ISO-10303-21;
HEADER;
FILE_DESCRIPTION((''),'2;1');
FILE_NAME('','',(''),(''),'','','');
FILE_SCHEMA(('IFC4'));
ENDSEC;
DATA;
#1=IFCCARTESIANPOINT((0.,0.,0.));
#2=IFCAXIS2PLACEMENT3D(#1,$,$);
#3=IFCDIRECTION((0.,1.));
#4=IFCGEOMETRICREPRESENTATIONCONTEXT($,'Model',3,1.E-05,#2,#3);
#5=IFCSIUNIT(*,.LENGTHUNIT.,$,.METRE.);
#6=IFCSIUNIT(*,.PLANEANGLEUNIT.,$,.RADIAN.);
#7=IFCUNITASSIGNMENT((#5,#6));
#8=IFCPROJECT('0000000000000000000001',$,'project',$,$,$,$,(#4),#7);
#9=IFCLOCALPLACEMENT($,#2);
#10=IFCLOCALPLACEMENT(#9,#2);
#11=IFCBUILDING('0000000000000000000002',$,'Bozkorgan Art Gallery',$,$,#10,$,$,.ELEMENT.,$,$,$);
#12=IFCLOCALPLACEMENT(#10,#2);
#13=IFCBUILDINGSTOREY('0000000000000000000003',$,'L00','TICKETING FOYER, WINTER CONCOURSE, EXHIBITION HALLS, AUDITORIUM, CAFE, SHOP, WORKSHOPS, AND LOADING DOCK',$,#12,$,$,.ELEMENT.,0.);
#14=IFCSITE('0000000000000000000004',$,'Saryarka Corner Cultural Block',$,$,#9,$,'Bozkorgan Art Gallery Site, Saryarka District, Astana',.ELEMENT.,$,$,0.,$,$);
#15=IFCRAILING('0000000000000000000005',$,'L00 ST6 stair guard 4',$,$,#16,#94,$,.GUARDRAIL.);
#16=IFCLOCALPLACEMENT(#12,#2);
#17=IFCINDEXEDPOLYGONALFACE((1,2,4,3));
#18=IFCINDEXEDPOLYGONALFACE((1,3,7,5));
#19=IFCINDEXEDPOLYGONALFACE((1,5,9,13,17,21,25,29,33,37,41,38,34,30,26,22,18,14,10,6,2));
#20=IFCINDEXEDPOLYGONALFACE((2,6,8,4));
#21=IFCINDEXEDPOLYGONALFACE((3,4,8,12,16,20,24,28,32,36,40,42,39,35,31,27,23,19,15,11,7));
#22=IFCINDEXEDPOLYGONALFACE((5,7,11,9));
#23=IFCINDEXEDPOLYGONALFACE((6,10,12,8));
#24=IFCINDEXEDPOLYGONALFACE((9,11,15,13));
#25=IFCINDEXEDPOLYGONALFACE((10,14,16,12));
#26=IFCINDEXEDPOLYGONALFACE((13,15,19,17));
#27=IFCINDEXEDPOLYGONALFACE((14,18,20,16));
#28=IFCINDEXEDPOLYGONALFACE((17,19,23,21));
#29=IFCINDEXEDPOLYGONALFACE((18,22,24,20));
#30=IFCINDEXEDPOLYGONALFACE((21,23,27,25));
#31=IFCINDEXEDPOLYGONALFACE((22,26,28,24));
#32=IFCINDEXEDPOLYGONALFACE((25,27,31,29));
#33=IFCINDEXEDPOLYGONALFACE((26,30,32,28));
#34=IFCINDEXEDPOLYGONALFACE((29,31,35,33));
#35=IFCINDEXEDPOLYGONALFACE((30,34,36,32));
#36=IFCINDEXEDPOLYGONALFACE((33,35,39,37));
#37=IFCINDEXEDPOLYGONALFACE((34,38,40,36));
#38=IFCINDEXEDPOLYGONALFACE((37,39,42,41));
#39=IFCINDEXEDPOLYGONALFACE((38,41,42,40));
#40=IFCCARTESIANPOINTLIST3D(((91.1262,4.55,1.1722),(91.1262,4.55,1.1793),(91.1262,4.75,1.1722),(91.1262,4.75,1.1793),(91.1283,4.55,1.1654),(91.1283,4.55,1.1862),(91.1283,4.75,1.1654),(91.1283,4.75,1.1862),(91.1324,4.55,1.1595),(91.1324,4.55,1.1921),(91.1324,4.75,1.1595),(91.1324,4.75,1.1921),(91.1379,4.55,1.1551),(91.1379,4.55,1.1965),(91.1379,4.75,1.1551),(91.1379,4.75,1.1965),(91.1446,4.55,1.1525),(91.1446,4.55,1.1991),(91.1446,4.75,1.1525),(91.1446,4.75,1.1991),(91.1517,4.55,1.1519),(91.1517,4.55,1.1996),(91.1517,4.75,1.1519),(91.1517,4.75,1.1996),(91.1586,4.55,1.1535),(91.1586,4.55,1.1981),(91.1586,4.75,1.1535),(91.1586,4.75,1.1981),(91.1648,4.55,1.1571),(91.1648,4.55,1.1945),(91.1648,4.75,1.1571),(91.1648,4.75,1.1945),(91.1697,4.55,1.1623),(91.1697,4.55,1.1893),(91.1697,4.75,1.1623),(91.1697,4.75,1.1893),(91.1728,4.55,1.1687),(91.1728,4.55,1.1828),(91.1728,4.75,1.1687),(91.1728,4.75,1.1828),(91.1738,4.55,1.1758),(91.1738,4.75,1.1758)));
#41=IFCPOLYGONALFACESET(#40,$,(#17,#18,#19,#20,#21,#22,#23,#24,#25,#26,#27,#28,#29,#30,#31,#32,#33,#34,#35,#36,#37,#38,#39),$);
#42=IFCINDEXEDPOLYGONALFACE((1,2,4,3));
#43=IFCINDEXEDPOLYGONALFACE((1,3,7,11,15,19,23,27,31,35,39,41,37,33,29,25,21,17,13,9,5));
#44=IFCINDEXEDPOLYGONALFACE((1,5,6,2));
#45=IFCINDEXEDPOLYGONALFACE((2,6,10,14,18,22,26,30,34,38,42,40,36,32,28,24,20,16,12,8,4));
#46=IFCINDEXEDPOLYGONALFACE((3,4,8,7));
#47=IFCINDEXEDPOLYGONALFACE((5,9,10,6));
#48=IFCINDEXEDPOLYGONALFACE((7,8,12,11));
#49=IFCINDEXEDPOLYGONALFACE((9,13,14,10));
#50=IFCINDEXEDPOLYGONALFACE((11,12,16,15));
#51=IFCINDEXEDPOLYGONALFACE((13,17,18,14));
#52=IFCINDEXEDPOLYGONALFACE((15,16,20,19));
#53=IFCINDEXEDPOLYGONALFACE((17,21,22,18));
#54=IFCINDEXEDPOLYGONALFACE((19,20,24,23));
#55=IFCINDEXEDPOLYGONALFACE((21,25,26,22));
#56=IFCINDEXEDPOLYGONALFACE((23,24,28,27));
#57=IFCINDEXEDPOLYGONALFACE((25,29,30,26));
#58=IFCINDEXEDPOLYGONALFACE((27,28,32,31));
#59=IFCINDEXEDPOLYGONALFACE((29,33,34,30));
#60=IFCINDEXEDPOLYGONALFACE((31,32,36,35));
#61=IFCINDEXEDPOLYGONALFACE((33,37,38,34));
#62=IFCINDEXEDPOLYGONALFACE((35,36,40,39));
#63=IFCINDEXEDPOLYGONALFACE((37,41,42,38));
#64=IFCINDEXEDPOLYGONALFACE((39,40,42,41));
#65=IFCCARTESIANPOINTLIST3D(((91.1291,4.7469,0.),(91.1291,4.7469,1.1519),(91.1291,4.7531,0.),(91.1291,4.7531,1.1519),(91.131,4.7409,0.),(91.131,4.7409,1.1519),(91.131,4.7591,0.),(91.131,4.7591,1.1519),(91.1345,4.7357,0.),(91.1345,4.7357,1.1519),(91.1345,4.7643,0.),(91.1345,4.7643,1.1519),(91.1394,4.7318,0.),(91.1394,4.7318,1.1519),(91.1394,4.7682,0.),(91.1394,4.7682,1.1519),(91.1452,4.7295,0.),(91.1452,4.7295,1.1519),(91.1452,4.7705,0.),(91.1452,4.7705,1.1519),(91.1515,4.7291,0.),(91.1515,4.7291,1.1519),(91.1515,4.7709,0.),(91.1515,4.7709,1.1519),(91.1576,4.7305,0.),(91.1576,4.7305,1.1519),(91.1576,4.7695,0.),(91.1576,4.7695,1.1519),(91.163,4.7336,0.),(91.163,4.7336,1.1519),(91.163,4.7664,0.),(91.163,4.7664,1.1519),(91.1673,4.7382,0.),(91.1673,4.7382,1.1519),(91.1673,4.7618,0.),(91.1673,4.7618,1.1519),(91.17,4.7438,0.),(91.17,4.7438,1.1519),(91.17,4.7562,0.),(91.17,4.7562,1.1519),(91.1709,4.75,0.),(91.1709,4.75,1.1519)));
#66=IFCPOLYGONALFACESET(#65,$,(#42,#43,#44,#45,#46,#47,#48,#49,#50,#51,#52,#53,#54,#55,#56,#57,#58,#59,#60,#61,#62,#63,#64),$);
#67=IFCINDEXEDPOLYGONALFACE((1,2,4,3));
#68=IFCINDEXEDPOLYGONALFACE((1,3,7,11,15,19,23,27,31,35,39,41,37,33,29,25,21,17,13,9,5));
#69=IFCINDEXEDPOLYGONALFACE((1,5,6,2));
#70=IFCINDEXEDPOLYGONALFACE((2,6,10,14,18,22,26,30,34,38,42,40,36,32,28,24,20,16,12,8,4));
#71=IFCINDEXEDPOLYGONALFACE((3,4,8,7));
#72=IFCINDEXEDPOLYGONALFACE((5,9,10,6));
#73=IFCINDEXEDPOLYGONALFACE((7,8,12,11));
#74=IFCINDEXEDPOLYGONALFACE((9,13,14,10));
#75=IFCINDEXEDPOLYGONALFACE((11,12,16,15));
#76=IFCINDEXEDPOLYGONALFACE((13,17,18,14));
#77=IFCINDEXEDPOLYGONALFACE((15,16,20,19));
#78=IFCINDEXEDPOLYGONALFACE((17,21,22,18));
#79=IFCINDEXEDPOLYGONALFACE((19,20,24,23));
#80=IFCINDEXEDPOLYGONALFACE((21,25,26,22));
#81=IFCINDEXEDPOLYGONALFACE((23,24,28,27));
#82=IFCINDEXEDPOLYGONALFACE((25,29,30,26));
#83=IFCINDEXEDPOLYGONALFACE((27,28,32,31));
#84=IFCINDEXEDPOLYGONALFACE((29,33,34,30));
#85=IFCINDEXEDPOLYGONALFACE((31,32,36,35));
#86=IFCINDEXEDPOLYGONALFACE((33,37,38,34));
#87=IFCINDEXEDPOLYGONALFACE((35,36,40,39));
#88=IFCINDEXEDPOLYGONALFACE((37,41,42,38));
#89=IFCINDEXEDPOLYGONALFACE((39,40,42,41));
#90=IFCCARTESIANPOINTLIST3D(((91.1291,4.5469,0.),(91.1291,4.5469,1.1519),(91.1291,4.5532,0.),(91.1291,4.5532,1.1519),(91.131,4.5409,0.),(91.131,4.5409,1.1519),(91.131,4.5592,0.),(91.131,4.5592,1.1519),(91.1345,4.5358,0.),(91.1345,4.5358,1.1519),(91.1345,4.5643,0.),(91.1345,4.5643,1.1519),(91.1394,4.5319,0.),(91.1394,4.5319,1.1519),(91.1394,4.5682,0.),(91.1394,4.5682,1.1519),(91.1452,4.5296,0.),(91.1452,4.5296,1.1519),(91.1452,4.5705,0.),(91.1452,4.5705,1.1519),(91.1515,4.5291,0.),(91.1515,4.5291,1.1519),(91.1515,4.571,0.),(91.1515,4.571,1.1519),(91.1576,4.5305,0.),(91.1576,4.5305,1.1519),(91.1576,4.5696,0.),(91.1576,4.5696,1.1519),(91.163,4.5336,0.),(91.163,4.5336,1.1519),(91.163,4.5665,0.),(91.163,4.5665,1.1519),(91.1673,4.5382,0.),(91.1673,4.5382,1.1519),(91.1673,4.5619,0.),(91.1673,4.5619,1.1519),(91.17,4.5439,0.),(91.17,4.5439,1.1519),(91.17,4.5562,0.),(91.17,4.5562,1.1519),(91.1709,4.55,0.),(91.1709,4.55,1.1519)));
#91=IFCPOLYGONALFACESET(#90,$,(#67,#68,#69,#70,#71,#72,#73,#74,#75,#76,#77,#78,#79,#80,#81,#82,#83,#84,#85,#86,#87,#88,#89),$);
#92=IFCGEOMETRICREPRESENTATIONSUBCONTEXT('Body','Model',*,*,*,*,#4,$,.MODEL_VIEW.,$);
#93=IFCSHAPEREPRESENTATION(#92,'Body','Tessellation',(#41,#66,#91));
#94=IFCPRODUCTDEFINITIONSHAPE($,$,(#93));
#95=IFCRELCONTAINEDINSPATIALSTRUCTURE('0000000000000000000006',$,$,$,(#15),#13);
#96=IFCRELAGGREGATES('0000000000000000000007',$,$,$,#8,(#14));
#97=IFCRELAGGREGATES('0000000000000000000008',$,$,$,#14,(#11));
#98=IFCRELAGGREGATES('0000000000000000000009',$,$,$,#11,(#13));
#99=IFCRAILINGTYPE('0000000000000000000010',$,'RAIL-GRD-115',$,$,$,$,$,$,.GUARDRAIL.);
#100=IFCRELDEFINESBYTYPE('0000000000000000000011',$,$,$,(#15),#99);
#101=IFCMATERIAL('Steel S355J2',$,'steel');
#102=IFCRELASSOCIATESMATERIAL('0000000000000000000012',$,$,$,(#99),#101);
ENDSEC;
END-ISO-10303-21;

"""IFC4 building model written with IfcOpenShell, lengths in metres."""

from ifc_helpers import new_model, si_unit, direction, frame, origin, origin_2d, place, context, subcontext, project, spatial, circle, extrude, material, type_object, element, save


model = new_model("IFC4")

# Units and contexts
model_context = context("Model", 3, precision=1e-05, world=origin(), true_north=direction((0.0, 1.0)))
body_context = subcontext(model_context, "Body", "Model", "MODEL_VIEW")
ifc_project = project(units=[si_unit("LENGTHUNIT", "METRE"), si_unit("PLANEANGLEUNIT", "RADIAN")], contexts=[model_context])

# Site, building, storey
site_placement = place(None, origin())
site = spatial("IfcSite", under=ifc_project, at=site_placement, Name="Saryarka Corner Cultural Block", LongName="Bozkorgan Art Gallery Site, Saryarka District, Astana", CompositionType="ELEMENT", RefElevation=0.0)
building_placement = place(site_placement, origin())
building = spatial("IfcBuilding", under=site, at=building_placement, Name="Bozkorgan Art Gallery", CompositionType="ELEMENT")
storey_placement = place(building_placement, origin())
storey = spatial("IfcBuildingStorey", under=building, at=storey_placement, Name="L00", Description="TICKETING FOYER, WINTER CONCOURSE, EXHIBITION HALLS, AUDITORIUM, CAFE, SHOP, WORKSHOPS, AND LOADING DOCK", CompositionType="ELEMENT", Elevation=0.0)

# Shared definitions
ifc_material_1 = material(Name="Steel S355J2", Category="steel")

# Railing
railing_type_1 = type_object("IfcRailingType", Name="RAIL-GRD-115", PredefinedType="GUARDRAIL", material=ifc_material_1)
railing_1_placement = place(storey_placement, frame((91.1499, 4.75, 0.0)))
element("IfcRailing", 1, at=railing_1_placement, inside=storey, type_object=railing_type_1, Name="L00 ST6 stair guard 4", PredefinedType="GUARDRAIL", context=body_context, shape_type="SweptSolid", body=[
    extrude(circle(Radius=0.0239, at=origin_2d()), frame((0.0, 0.0, 1.1758), z_axis=(0.0, -1.0, 0.0), x_axis=(1.0, 0.0, 0.0)), (0.0, 0.0, 1.0), 0.2),
    extrude(circle(Radius=0.021, at=origin_2d()), origin(), (0.0, 0.0, 1.0), 1.1519),
    extrude(circle(Radius=0.021, at=origin_2d()), frame((0.0, -0.2, 0.0)), (0.0, 0.0, 1.0), 1.1519),
])

save(model, "model.ifc")
